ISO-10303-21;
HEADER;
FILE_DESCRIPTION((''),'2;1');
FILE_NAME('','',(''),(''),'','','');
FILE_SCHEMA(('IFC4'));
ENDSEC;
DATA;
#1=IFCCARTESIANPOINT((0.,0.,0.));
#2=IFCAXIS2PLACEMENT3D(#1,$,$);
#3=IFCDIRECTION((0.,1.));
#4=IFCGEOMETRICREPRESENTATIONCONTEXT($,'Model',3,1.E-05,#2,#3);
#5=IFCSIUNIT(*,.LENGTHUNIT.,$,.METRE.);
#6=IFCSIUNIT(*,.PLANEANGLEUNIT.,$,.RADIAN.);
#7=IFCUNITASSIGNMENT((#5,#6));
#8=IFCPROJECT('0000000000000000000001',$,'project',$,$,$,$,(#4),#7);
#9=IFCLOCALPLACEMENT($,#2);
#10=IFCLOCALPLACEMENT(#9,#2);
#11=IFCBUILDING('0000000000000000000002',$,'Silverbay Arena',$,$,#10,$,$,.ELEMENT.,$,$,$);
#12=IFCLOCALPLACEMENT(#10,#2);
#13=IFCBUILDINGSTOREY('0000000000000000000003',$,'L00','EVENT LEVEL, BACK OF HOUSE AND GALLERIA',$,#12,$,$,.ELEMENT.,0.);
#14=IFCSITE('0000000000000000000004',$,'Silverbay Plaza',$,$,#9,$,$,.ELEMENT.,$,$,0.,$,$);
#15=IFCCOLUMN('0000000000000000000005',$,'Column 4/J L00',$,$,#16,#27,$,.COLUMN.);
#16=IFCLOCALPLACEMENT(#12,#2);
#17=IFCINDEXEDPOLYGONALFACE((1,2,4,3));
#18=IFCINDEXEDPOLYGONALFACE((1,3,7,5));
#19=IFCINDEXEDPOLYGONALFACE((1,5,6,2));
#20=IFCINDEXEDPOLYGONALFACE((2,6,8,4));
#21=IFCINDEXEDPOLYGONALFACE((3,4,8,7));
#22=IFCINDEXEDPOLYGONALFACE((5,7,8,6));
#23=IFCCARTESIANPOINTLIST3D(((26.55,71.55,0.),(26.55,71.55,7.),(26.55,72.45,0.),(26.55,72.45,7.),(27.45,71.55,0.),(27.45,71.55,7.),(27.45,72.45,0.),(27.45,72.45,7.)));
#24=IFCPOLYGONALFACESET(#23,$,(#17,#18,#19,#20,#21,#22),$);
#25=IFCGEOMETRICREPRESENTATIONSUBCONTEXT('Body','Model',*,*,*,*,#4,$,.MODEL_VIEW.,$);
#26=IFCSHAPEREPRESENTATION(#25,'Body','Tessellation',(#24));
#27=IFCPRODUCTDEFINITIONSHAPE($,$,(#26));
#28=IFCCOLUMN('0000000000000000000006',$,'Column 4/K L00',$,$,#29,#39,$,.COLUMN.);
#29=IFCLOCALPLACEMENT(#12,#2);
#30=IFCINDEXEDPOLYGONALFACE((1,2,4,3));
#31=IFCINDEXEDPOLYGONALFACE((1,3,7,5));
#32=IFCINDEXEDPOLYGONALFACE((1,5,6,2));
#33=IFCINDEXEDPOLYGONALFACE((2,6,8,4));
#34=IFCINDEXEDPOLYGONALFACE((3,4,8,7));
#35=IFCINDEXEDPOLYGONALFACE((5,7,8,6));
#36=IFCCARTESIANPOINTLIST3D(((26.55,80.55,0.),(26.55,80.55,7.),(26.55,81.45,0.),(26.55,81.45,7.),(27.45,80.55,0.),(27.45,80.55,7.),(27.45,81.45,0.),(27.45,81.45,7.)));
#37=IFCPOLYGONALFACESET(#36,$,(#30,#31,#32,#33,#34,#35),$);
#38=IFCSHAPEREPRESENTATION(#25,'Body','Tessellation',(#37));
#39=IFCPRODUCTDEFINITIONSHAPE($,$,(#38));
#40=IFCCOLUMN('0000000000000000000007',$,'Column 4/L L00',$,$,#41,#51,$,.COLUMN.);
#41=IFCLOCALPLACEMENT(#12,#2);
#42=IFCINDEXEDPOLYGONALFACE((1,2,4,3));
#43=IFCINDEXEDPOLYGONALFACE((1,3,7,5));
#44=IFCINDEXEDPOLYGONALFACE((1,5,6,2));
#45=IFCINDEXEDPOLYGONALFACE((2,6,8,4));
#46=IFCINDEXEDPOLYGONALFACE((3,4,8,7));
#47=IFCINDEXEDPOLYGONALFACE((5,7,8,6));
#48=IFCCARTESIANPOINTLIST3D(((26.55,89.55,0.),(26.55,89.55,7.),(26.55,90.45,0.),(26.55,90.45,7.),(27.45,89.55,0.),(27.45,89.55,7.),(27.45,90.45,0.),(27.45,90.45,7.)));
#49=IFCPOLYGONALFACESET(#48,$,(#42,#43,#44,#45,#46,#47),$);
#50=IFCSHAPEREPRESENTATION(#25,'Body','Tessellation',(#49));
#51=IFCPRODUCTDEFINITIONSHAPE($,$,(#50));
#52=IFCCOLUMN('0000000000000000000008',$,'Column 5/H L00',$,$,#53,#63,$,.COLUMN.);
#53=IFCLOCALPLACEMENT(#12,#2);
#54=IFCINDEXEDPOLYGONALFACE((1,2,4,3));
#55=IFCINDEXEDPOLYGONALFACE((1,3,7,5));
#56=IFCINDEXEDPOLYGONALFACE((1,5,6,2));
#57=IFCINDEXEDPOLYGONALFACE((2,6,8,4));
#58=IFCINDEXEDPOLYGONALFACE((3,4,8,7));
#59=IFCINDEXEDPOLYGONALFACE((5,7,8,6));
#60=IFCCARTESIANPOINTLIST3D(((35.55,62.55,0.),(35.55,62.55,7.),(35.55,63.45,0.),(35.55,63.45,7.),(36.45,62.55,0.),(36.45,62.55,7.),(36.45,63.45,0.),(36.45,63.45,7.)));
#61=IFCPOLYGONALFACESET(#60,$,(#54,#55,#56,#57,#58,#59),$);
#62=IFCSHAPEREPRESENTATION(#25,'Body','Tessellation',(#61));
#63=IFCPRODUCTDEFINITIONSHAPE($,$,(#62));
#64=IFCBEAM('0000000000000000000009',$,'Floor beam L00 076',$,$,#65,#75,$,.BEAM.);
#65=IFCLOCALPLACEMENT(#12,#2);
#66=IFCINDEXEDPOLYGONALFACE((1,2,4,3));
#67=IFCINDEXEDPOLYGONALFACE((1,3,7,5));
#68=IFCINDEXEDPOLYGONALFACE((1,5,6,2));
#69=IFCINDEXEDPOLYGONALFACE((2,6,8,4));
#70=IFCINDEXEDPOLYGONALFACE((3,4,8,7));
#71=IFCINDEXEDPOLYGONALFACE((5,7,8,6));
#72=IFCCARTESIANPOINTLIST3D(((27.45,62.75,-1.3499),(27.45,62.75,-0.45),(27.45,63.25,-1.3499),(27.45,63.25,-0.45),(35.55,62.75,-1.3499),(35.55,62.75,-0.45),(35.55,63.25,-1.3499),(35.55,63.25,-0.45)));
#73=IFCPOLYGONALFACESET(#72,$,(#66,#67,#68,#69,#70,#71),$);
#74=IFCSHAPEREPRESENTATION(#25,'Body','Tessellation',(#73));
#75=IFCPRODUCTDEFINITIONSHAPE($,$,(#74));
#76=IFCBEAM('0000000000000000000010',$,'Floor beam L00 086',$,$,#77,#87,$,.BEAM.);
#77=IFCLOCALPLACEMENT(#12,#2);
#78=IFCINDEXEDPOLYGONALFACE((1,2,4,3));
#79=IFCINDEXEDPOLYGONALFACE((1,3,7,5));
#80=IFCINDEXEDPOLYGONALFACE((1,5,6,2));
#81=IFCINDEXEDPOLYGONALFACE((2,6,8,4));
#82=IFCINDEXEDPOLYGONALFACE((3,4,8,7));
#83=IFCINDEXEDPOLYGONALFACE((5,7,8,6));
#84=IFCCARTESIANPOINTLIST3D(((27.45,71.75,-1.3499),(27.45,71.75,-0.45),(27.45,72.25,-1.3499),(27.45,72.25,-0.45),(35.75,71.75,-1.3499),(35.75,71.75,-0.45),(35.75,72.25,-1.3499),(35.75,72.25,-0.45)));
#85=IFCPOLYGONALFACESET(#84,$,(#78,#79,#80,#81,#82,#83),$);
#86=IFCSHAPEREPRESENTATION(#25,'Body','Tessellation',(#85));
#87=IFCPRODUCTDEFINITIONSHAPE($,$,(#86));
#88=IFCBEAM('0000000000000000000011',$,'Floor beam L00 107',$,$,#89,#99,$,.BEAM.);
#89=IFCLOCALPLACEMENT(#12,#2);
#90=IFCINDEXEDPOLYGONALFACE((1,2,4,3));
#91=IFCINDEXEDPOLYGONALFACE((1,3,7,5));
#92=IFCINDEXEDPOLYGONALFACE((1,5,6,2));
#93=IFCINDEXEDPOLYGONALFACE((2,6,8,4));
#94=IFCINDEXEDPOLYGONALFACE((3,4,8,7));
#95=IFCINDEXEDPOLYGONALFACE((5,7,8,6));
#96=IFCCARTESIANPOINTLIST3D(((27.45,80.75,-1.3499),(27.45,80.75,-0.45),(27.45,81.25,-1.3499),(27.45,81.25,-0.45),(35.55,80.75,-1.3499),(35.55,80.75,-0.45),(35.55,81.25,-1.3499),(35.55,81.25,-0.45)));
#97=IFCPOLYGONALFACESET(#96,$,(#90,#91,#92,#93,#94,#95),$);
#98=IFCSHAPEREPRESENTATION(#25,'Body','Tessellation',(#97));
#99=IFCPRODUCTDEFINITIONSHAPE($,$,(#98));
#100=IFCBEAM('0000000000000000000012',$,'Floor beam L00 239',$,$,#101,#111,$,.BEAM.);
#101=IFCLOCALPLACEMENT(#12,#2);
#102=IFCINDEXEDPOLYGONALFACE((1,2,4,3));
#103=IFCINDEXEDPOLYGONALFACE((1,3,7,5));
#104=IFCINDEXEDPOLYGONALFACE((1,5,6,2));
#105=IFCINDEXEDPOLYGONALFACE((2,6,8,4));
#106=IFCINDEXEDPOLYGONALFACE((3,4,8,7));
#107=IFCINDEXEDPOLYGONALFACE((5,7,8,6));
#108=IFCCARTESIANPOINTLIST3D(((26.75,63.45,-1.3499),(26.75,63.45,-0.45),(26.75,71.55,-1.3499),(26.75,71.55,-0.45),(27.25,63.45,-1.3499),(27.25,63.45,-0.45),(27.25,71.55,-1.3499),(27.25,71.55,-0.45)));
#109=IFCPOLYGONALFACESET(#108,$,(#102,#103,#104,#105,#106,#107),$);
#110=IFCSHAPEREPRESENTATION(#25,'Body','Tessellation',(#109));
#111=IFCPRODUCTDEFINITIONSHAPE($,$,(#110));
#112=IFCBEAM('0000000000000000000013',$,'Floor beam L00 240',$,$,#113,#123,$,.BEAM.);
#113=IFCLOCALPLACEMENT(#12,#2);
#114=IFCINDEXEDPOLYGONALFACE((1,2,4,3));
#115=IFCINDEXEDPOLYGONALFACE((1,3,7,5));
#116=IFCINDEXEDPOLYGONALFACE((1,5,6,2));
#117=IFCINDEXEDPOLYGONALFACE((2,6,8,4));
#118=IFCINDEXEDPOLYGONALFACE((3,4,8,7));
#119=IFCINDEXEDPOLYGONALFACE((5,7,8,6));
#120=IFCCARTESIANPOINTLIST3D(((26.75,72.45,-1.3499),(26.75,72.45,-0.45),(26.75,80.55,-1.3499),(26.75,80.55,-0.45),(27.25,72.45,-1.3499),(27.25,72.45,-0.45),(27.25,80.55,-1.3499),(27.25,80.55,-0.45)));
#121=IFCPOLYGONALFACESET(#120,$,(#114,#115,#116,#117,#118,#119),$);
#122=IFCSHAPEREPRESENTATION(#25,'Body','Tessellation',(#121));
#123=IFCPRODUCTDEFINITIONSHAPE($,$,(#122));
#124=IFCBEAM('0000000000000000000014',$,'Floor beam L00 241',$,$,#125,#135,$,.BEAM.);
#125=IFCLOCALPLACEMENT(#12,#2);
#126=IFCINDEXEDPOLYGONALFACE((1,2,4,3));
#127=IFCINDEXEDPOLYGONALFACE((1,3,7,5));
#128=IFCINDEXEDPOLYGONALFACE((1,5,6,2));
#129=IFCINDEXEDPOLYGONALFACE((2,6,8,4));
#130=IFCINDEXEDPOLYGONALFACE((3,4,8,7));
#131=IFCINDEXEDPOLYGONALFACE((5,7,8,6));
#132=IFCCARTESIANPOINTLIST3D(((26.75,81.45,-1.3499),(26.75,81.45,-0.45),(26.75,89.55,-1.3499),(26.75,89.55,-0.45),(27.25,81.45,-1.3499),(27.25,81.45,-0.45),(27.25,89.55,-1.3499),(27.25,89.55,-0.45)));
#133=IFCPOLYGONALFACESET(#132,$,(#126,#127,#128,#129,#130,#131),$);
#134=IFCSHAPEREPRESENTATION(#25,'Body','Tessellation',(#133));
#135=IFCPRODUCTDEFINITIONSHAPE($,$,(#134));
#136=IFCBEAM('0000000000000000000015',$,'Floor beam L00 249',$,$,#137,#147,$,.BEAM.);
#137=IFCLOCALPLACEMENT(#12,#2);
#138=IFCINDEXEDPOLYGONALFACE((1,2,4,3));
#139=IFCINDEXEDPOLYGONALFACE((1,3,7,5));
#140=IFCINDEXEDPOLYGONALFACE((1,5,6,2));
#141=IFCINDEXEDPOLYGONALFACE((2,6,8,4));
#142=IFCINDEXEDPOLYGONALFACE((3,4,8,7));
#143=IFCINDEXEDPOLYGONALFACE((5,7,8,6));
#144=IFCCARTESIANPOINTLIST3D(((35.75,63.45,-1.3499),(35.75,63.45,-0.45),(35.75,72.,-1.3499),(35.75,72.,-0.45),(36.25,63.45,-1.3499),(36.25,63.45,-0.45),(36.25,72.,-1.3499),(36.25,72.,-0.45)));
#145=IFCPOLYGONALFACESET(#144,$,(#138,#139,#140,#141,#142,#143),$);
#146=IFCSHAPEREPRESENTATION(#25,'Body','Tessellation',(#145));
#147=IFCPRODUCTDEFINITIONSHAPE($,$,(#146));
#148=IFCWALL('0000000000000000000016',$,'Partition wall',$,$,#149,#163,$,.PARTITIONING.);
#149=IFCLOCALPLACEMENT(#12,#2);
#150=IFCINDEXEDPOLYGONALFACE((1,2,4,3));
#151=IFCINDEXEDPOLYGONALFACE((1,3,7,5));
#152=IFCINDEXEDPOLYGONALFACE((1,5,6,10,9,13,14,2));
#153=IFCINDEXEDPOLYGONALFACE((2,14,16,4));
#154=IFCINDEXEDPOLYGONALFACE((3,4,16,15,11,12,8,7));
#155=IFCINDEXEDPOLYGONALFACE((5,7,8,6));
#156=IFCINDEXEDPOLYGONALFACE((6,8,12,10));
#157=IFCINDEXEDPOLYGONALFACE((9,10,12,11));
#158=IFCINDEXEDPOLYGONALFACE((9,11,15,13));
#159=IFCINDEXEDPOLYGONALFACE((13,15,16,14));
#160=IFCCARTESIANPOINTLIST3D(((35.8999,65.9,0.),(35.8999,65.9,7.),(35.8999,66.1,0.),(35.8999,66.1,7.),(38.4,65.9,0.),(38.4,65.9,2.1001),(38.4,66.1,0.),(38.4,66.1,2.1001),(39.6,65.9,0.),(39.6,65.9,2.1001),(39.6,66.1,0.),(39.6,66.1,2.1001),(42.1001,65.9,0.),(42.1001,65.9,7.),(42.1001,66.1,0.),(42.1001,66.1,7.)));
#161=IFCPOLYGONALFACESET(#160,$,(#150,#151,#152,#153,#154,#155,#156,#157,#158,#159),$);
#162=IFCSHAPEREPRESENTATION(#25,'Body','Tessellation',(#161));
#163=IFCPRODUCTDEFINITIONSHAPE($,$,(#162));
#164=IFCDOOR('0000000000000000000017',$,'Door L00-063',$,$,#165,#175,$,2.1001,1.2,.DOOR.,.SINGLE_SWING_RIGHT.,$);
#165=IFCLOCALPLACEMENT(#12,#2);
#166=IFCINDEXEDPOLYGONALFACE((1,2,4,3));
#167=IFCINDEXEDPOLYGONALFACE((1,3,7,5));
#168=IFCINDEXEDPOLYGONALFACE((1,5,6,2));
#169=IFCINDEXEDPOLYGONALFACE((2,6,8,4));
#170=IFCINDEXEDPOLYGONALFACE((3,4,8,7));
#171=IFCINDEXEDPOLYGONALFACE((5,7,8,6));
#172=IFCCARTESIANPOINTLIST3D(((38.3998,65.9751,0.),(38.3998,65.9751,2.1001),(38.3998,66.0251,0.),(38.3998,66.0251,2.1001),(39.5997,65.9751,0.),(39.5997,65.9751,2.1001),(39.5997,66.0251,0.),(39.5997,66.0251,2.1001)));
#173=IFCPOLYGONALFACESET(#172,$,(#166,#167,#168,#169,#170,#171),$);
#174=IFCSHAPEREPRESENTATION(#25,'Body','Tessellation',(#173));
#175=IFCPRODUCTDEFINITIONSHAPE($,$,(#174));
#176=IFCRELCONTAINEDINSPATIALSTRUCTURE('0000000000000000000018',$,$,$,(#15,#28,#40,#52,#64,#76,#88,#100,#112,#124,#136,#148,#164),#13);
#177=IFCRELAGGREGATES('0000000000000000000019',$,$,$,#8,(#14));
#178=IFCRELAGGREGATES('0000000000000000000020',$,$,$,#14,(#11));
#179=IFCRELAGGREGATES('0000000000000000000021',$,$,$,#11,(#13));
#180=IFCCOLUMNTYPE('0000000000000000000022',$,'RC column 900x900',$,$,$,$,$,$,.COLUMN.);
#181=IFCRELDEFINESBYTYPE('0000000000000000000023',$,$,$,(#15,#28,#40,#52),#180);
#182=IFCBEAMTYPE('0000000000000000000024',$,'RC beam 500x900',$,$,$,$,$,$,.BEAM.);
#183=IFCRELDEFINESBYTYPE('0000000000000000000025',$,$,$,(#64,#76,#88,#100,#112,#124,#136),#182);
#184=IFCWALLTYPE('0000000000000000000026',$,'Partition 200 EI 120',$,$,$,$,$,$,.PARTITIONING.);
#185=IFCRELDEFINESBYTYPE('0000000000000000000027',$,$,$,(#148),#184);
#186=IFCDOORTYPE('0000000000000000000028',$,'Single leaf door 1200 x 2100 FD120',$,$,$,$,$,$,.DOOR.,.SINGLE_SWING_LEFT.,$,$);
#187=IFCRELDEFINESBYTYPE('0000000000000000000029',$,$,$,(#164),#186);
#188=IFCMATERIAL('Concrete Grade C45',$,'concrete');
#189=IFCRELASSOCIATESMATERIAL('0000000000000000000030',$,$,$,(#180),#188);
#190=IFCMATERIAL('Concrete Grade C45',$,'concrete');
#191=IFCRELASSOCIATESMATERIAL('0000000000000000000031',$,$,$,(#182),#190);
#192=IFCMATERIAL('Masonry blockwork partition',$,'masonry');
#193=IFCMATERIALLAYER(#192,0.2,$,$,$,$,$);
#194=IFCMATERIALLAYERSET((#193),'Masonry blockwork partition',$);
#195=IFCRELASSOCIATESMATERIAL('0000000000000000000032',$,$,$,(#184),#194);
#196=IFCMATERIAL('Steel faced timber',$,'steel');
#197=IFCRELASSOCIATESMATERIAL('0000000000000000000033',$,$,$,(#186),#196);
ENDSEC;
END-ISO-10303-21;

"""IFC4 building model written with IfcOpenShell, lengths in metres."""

from ifc_helpers import new_model, si_unit, direction, frame, frame_2d, origin, origin_2d, place, context, subcontext, project, spatial, rectangle, extrude, material, layer, layer_set, material_profile, profile_set, type_object, element, fill, save


model = new_model("IFC4")

# Units and contexts
model_context = context("Model", 3, precision=1e-05, world=origin(), true_north=direction((0.0, 1.0)))
body_context = subcontext(model_context, "Body", "Model", "MODEL_VIEW")
ifc_project = project(units=[si_unit("LENGTHUNIT", "METRE"), si_unit("PLANEANGLEUNIT", "RADIAN")], contexts=[model_context])

# Site, building, storey
site_placement = place(None, origin())
site = spatial("IfcSite", under=ifc_project, at=site_placement, Name="Silverbay Plaza", CompositionType="ELEMENT", RefElevation=0.0)
building_placement = place(site_placement, origin())
building = spatial("IfcBuilding", under=site, at=building_placement, Name="Silverbay Arena", CompositionType="ELEMENT")
storey_placement = place(building_placement, origin())
storey = spatial("IfcBuildingStorey", under=building, at=storey_placement, Name="L00", Description="EVENT LEVEL, BACK OF HOUSE AND GALLERIA", CompositionType="ELEMENT", Elevation=0.0)

# Columns
ifc_material_1 = material(Name="Concrete Grade C45", Category="concrete")
ifc_material_profile_1 = material_profile(ifc_material_1, rectangle(XDim=0.8999, YDim=0.8999, at=origin_2d()), Name="RC 900x900")
ifc_profile_set_1 = profile_set([ifc_material_profile_1], Name="Concrete Grade C45")
column_type = type_object("IfcColumnType", Name="RC column 900x900", PredefinedType="COLUMN", material=ifc_profile_set_1)
for number, where, z_axis, x_axis, name in (
    (1, (27.0, 72.0, 0.0), (0.0, 0.0, 1.0), (1.0, 0.0, 0.0), "Column 4/J L00"),
    (2, (27.0, 81.0, 0.0), (0.0, 0.0, 1.0), (1.0, 0.0, 0.0), "Column 4/K L00"),
    (3, (27.0, 90.0, 0.0), (0.0, 0.0, 1.0), (1.0, 0.0, 0.0), "Column 4/L L00"),
    (4, (36.0, 63.0, 0.0), (0.0, 0.0, 1.0), (1.0, 0.0, 0.0), "Column 5/H L00"),
):
    element("IfcColumn", number, at=place(storey_placement, frame(where, z_axis=z_axis, x_axis=x_axis)), inside=storey, type_object=column_type, Name=name, PredefinedType="COLUMN", context=body_context, shape_type="SweptSolid", body=[
        extrude(rectangle(XDim=0.8999, YDim=0.8999, at=origin_2d()), origin(), (0.0, 0.0, 1.0), 7.0),
    ])

# Beams
ifc_material_2 = material(Name="Concrete Grade C45", Category="concrete")
ifc_material_profile_2 = material_profile(ifc_material_2, rectangle(XDim=0.5, YDim=0.8999, at=origin_2d()), Name="RC 500x900")
ifc_profile_set_2 = profile_set([ifc_material_profile_2], Name="Concrete Grade C45")
beam_type = type_object("IfcBeamType", Name="RC beam 500x900", PredefinedType="BEAM", material=ifc_profile_set_2)
beam_1_placement = place(storey_placement, frame((27.45, 63.0, -0.8999), z_axis=(1.0, 0.0, 0.0), x_axis=(0.0, 1.0, 0.0)))
element("IfcBeam", 5, at=beam_1_placement, inside=storey, type_object=beam_type, Name="Floor beam L00 076", PredefinedType="BEAM", context=body_context, shape_type="SweptSolid", body=[
    extrude(rectangle(XDim=0.5, YDim=0.8999, at=origin_2d()), origin(), (0.0, 0.0, 1.0), 8.1001),
])
beam_2_placement = place(storey_placement, frame((27.45, 72.0, -0.8999), z_axis=(1.0, 0.0, 0.0), x_axis=(0.0, 1.0, 0.0)))
element("IfcBeam", 6, at=beam_2_placement, inside=storey, type_object=beam_type, Name="Floor beam L00 086", PredefinedType="BEAM", context=body_context, shape_type="SweptSolid", body=[
    extrude(rectangle(XDim=0.5, YDim=0.8999, at=origin_2d()), origin(), (0.0, 0.0, 1.0), 8.3),
])
for number, where, z_axis, x_axis, name in (
    (7, (27.45, 81.0, -0.8999), (1.0, 0.0, 0.0), (0.0, 1.0, 0.0), "Floor beam L00 107"),
    (8, (27.0, 63.45, -0.8999), (0.0, 1.0, 0.0), (-1.0, 0.0, 0.0), "Floor beam L00 239"),
    (9, (27.0, 72.45, -0.8999), (0.0, 1.0, 0.0), (-1.0, 0.0, 0.0), "Floor beam L00 240"),
    (10, (27.0, 81.45, -0.8999), (0.0, 1.0, 0.0), (-1.0, 0.0, 0.0), "Floor beam L00 241"),
):
    element("IfcBeam", number, at=place(storey_placement, frame(where, z_axis=z_axis, x_axis=x_axis)), inside=storey, type_object=beam_type, Name=name, PredefinedType="BEAM", context=body_context, shape_type="SweptSolid", body=[
        extrude(rectangle(XDim=0.5, YDim=0.8999, at=origin_2d()), origin(), (0.0, 0.0, 1.0), 8.1001),
    ])
beam_3_placement = place(storey_placement, frame((36.0, 63.45, -0.8999), z_axis=(0.0, 1.0, 0.0), x_axis=(-1.0, 0.0, 0.0)))
element("IfcBeam", 11, at=beam_3_placement, inside=storey, type_object=beam_type, Name="Floor beam L00 249", PredefinedType="BEAM", context=body_context, shape_type="SweptSolid", body=[
    extrude(rectangle(XDim=0.5, YDim=0.8999, at=origin_2d()), origin(), (0.0, 0.0, 1.0), 8.55),
])

# Wall, opening, door
ifc_material_3 = material(Name="Masonry blockwork partition", Category="masonry")
ifc_layer_1 = layer(ifc_material_3, 0.2)
ifc_layer_set_1 = layer_set([ifc_layer_1], Name="Masonry blockwork partition")
wall_type_1 = type_object("IfcWallType", Name="Partition 200 EI 120", PredefinedType="PARTITIONING", material=ifc_layer_set_1)
wall_1_placement = place(storey_placement, frame((35.8999, 66.0, 0.0), z_axis=(0.0, 0.0, 1.0), x_axis=(1.0, 0.0, 0.0)))
wall_1 = element("IfcWall", 12, at=wall_1_placement, inside=storey, type_object=wall_type_1, Name="Partition wall", PredefinedType="PARTITIONING", context=body_context, shape_type="SweptSolid", body=[
    extrude(rectangle(XDim=6.2002, YDim=0.2, at=frame_2d((3.1001, 0.0))), origin(), (0.0, 0.0, 1.0), 7.0),
])
opening_1_placement = place(wall_1_placement, frame((2.5, 0.0, 0.0)))
opening_1 = element("IfcOpeningElement", 13, at=opening_1_placement, cuts=wall_1, PredefinedType="OPENING", context=body_context, shape_type="SweptSolid", body=[
    extrude(rectangle(XDim=1.2, YDim=2.1001, at=frame_2d((0.6001, 1.05))), frame((0.0, 0.1099, 0.0), z_axis=(0.0, -1.0, 0.0), x_axis=(1.0, 0.0, 0.0)), (0.0, 0.0, 1.0), 0.22),
])
ifc_material_4 = material(Name="Steel faced timber", Category="steel")
door_type_1 = type_object("IfcDoorType", Name="Single leaf door 1200 x 2100 FD120", OperationType="SINGLE_SWING_LEFT", PredefinedType="DOOR", material=ifc_material_4)
door_1_placement = place(opening_1_placement, frame((1.2, 0.0, 0.0), z_axis=(0.0, 0.0, 1.0), x_axis=(-1.0, 0.0, 0.0)))
door_1 = element("IfcDoor", 14, at=door_1_placement, inside=storey, type_object=door_type_1, Name="Door L00-063", OperationType="SINGLE_SWING_RIGHT", OverallHeight=2.1001, OverallWidth=1.2, PredefinedType="DOOR", context=body_context, shape_type="SweptSolid", body=[
    extrude(rectangle(XDim=1.2, YDim=2.1001, at=frame_2d((0.6001, 1.05))), frame((0.0, 0.0249, 0.0), z_axis=(0.0, -1.0, 0.0), x_axis=(1.0, 0.0, 0.0)), (0.0, 0.0, 1.0), 0.05),
])
fill(opening_1, door_1)

save(model, "model.ifc")
